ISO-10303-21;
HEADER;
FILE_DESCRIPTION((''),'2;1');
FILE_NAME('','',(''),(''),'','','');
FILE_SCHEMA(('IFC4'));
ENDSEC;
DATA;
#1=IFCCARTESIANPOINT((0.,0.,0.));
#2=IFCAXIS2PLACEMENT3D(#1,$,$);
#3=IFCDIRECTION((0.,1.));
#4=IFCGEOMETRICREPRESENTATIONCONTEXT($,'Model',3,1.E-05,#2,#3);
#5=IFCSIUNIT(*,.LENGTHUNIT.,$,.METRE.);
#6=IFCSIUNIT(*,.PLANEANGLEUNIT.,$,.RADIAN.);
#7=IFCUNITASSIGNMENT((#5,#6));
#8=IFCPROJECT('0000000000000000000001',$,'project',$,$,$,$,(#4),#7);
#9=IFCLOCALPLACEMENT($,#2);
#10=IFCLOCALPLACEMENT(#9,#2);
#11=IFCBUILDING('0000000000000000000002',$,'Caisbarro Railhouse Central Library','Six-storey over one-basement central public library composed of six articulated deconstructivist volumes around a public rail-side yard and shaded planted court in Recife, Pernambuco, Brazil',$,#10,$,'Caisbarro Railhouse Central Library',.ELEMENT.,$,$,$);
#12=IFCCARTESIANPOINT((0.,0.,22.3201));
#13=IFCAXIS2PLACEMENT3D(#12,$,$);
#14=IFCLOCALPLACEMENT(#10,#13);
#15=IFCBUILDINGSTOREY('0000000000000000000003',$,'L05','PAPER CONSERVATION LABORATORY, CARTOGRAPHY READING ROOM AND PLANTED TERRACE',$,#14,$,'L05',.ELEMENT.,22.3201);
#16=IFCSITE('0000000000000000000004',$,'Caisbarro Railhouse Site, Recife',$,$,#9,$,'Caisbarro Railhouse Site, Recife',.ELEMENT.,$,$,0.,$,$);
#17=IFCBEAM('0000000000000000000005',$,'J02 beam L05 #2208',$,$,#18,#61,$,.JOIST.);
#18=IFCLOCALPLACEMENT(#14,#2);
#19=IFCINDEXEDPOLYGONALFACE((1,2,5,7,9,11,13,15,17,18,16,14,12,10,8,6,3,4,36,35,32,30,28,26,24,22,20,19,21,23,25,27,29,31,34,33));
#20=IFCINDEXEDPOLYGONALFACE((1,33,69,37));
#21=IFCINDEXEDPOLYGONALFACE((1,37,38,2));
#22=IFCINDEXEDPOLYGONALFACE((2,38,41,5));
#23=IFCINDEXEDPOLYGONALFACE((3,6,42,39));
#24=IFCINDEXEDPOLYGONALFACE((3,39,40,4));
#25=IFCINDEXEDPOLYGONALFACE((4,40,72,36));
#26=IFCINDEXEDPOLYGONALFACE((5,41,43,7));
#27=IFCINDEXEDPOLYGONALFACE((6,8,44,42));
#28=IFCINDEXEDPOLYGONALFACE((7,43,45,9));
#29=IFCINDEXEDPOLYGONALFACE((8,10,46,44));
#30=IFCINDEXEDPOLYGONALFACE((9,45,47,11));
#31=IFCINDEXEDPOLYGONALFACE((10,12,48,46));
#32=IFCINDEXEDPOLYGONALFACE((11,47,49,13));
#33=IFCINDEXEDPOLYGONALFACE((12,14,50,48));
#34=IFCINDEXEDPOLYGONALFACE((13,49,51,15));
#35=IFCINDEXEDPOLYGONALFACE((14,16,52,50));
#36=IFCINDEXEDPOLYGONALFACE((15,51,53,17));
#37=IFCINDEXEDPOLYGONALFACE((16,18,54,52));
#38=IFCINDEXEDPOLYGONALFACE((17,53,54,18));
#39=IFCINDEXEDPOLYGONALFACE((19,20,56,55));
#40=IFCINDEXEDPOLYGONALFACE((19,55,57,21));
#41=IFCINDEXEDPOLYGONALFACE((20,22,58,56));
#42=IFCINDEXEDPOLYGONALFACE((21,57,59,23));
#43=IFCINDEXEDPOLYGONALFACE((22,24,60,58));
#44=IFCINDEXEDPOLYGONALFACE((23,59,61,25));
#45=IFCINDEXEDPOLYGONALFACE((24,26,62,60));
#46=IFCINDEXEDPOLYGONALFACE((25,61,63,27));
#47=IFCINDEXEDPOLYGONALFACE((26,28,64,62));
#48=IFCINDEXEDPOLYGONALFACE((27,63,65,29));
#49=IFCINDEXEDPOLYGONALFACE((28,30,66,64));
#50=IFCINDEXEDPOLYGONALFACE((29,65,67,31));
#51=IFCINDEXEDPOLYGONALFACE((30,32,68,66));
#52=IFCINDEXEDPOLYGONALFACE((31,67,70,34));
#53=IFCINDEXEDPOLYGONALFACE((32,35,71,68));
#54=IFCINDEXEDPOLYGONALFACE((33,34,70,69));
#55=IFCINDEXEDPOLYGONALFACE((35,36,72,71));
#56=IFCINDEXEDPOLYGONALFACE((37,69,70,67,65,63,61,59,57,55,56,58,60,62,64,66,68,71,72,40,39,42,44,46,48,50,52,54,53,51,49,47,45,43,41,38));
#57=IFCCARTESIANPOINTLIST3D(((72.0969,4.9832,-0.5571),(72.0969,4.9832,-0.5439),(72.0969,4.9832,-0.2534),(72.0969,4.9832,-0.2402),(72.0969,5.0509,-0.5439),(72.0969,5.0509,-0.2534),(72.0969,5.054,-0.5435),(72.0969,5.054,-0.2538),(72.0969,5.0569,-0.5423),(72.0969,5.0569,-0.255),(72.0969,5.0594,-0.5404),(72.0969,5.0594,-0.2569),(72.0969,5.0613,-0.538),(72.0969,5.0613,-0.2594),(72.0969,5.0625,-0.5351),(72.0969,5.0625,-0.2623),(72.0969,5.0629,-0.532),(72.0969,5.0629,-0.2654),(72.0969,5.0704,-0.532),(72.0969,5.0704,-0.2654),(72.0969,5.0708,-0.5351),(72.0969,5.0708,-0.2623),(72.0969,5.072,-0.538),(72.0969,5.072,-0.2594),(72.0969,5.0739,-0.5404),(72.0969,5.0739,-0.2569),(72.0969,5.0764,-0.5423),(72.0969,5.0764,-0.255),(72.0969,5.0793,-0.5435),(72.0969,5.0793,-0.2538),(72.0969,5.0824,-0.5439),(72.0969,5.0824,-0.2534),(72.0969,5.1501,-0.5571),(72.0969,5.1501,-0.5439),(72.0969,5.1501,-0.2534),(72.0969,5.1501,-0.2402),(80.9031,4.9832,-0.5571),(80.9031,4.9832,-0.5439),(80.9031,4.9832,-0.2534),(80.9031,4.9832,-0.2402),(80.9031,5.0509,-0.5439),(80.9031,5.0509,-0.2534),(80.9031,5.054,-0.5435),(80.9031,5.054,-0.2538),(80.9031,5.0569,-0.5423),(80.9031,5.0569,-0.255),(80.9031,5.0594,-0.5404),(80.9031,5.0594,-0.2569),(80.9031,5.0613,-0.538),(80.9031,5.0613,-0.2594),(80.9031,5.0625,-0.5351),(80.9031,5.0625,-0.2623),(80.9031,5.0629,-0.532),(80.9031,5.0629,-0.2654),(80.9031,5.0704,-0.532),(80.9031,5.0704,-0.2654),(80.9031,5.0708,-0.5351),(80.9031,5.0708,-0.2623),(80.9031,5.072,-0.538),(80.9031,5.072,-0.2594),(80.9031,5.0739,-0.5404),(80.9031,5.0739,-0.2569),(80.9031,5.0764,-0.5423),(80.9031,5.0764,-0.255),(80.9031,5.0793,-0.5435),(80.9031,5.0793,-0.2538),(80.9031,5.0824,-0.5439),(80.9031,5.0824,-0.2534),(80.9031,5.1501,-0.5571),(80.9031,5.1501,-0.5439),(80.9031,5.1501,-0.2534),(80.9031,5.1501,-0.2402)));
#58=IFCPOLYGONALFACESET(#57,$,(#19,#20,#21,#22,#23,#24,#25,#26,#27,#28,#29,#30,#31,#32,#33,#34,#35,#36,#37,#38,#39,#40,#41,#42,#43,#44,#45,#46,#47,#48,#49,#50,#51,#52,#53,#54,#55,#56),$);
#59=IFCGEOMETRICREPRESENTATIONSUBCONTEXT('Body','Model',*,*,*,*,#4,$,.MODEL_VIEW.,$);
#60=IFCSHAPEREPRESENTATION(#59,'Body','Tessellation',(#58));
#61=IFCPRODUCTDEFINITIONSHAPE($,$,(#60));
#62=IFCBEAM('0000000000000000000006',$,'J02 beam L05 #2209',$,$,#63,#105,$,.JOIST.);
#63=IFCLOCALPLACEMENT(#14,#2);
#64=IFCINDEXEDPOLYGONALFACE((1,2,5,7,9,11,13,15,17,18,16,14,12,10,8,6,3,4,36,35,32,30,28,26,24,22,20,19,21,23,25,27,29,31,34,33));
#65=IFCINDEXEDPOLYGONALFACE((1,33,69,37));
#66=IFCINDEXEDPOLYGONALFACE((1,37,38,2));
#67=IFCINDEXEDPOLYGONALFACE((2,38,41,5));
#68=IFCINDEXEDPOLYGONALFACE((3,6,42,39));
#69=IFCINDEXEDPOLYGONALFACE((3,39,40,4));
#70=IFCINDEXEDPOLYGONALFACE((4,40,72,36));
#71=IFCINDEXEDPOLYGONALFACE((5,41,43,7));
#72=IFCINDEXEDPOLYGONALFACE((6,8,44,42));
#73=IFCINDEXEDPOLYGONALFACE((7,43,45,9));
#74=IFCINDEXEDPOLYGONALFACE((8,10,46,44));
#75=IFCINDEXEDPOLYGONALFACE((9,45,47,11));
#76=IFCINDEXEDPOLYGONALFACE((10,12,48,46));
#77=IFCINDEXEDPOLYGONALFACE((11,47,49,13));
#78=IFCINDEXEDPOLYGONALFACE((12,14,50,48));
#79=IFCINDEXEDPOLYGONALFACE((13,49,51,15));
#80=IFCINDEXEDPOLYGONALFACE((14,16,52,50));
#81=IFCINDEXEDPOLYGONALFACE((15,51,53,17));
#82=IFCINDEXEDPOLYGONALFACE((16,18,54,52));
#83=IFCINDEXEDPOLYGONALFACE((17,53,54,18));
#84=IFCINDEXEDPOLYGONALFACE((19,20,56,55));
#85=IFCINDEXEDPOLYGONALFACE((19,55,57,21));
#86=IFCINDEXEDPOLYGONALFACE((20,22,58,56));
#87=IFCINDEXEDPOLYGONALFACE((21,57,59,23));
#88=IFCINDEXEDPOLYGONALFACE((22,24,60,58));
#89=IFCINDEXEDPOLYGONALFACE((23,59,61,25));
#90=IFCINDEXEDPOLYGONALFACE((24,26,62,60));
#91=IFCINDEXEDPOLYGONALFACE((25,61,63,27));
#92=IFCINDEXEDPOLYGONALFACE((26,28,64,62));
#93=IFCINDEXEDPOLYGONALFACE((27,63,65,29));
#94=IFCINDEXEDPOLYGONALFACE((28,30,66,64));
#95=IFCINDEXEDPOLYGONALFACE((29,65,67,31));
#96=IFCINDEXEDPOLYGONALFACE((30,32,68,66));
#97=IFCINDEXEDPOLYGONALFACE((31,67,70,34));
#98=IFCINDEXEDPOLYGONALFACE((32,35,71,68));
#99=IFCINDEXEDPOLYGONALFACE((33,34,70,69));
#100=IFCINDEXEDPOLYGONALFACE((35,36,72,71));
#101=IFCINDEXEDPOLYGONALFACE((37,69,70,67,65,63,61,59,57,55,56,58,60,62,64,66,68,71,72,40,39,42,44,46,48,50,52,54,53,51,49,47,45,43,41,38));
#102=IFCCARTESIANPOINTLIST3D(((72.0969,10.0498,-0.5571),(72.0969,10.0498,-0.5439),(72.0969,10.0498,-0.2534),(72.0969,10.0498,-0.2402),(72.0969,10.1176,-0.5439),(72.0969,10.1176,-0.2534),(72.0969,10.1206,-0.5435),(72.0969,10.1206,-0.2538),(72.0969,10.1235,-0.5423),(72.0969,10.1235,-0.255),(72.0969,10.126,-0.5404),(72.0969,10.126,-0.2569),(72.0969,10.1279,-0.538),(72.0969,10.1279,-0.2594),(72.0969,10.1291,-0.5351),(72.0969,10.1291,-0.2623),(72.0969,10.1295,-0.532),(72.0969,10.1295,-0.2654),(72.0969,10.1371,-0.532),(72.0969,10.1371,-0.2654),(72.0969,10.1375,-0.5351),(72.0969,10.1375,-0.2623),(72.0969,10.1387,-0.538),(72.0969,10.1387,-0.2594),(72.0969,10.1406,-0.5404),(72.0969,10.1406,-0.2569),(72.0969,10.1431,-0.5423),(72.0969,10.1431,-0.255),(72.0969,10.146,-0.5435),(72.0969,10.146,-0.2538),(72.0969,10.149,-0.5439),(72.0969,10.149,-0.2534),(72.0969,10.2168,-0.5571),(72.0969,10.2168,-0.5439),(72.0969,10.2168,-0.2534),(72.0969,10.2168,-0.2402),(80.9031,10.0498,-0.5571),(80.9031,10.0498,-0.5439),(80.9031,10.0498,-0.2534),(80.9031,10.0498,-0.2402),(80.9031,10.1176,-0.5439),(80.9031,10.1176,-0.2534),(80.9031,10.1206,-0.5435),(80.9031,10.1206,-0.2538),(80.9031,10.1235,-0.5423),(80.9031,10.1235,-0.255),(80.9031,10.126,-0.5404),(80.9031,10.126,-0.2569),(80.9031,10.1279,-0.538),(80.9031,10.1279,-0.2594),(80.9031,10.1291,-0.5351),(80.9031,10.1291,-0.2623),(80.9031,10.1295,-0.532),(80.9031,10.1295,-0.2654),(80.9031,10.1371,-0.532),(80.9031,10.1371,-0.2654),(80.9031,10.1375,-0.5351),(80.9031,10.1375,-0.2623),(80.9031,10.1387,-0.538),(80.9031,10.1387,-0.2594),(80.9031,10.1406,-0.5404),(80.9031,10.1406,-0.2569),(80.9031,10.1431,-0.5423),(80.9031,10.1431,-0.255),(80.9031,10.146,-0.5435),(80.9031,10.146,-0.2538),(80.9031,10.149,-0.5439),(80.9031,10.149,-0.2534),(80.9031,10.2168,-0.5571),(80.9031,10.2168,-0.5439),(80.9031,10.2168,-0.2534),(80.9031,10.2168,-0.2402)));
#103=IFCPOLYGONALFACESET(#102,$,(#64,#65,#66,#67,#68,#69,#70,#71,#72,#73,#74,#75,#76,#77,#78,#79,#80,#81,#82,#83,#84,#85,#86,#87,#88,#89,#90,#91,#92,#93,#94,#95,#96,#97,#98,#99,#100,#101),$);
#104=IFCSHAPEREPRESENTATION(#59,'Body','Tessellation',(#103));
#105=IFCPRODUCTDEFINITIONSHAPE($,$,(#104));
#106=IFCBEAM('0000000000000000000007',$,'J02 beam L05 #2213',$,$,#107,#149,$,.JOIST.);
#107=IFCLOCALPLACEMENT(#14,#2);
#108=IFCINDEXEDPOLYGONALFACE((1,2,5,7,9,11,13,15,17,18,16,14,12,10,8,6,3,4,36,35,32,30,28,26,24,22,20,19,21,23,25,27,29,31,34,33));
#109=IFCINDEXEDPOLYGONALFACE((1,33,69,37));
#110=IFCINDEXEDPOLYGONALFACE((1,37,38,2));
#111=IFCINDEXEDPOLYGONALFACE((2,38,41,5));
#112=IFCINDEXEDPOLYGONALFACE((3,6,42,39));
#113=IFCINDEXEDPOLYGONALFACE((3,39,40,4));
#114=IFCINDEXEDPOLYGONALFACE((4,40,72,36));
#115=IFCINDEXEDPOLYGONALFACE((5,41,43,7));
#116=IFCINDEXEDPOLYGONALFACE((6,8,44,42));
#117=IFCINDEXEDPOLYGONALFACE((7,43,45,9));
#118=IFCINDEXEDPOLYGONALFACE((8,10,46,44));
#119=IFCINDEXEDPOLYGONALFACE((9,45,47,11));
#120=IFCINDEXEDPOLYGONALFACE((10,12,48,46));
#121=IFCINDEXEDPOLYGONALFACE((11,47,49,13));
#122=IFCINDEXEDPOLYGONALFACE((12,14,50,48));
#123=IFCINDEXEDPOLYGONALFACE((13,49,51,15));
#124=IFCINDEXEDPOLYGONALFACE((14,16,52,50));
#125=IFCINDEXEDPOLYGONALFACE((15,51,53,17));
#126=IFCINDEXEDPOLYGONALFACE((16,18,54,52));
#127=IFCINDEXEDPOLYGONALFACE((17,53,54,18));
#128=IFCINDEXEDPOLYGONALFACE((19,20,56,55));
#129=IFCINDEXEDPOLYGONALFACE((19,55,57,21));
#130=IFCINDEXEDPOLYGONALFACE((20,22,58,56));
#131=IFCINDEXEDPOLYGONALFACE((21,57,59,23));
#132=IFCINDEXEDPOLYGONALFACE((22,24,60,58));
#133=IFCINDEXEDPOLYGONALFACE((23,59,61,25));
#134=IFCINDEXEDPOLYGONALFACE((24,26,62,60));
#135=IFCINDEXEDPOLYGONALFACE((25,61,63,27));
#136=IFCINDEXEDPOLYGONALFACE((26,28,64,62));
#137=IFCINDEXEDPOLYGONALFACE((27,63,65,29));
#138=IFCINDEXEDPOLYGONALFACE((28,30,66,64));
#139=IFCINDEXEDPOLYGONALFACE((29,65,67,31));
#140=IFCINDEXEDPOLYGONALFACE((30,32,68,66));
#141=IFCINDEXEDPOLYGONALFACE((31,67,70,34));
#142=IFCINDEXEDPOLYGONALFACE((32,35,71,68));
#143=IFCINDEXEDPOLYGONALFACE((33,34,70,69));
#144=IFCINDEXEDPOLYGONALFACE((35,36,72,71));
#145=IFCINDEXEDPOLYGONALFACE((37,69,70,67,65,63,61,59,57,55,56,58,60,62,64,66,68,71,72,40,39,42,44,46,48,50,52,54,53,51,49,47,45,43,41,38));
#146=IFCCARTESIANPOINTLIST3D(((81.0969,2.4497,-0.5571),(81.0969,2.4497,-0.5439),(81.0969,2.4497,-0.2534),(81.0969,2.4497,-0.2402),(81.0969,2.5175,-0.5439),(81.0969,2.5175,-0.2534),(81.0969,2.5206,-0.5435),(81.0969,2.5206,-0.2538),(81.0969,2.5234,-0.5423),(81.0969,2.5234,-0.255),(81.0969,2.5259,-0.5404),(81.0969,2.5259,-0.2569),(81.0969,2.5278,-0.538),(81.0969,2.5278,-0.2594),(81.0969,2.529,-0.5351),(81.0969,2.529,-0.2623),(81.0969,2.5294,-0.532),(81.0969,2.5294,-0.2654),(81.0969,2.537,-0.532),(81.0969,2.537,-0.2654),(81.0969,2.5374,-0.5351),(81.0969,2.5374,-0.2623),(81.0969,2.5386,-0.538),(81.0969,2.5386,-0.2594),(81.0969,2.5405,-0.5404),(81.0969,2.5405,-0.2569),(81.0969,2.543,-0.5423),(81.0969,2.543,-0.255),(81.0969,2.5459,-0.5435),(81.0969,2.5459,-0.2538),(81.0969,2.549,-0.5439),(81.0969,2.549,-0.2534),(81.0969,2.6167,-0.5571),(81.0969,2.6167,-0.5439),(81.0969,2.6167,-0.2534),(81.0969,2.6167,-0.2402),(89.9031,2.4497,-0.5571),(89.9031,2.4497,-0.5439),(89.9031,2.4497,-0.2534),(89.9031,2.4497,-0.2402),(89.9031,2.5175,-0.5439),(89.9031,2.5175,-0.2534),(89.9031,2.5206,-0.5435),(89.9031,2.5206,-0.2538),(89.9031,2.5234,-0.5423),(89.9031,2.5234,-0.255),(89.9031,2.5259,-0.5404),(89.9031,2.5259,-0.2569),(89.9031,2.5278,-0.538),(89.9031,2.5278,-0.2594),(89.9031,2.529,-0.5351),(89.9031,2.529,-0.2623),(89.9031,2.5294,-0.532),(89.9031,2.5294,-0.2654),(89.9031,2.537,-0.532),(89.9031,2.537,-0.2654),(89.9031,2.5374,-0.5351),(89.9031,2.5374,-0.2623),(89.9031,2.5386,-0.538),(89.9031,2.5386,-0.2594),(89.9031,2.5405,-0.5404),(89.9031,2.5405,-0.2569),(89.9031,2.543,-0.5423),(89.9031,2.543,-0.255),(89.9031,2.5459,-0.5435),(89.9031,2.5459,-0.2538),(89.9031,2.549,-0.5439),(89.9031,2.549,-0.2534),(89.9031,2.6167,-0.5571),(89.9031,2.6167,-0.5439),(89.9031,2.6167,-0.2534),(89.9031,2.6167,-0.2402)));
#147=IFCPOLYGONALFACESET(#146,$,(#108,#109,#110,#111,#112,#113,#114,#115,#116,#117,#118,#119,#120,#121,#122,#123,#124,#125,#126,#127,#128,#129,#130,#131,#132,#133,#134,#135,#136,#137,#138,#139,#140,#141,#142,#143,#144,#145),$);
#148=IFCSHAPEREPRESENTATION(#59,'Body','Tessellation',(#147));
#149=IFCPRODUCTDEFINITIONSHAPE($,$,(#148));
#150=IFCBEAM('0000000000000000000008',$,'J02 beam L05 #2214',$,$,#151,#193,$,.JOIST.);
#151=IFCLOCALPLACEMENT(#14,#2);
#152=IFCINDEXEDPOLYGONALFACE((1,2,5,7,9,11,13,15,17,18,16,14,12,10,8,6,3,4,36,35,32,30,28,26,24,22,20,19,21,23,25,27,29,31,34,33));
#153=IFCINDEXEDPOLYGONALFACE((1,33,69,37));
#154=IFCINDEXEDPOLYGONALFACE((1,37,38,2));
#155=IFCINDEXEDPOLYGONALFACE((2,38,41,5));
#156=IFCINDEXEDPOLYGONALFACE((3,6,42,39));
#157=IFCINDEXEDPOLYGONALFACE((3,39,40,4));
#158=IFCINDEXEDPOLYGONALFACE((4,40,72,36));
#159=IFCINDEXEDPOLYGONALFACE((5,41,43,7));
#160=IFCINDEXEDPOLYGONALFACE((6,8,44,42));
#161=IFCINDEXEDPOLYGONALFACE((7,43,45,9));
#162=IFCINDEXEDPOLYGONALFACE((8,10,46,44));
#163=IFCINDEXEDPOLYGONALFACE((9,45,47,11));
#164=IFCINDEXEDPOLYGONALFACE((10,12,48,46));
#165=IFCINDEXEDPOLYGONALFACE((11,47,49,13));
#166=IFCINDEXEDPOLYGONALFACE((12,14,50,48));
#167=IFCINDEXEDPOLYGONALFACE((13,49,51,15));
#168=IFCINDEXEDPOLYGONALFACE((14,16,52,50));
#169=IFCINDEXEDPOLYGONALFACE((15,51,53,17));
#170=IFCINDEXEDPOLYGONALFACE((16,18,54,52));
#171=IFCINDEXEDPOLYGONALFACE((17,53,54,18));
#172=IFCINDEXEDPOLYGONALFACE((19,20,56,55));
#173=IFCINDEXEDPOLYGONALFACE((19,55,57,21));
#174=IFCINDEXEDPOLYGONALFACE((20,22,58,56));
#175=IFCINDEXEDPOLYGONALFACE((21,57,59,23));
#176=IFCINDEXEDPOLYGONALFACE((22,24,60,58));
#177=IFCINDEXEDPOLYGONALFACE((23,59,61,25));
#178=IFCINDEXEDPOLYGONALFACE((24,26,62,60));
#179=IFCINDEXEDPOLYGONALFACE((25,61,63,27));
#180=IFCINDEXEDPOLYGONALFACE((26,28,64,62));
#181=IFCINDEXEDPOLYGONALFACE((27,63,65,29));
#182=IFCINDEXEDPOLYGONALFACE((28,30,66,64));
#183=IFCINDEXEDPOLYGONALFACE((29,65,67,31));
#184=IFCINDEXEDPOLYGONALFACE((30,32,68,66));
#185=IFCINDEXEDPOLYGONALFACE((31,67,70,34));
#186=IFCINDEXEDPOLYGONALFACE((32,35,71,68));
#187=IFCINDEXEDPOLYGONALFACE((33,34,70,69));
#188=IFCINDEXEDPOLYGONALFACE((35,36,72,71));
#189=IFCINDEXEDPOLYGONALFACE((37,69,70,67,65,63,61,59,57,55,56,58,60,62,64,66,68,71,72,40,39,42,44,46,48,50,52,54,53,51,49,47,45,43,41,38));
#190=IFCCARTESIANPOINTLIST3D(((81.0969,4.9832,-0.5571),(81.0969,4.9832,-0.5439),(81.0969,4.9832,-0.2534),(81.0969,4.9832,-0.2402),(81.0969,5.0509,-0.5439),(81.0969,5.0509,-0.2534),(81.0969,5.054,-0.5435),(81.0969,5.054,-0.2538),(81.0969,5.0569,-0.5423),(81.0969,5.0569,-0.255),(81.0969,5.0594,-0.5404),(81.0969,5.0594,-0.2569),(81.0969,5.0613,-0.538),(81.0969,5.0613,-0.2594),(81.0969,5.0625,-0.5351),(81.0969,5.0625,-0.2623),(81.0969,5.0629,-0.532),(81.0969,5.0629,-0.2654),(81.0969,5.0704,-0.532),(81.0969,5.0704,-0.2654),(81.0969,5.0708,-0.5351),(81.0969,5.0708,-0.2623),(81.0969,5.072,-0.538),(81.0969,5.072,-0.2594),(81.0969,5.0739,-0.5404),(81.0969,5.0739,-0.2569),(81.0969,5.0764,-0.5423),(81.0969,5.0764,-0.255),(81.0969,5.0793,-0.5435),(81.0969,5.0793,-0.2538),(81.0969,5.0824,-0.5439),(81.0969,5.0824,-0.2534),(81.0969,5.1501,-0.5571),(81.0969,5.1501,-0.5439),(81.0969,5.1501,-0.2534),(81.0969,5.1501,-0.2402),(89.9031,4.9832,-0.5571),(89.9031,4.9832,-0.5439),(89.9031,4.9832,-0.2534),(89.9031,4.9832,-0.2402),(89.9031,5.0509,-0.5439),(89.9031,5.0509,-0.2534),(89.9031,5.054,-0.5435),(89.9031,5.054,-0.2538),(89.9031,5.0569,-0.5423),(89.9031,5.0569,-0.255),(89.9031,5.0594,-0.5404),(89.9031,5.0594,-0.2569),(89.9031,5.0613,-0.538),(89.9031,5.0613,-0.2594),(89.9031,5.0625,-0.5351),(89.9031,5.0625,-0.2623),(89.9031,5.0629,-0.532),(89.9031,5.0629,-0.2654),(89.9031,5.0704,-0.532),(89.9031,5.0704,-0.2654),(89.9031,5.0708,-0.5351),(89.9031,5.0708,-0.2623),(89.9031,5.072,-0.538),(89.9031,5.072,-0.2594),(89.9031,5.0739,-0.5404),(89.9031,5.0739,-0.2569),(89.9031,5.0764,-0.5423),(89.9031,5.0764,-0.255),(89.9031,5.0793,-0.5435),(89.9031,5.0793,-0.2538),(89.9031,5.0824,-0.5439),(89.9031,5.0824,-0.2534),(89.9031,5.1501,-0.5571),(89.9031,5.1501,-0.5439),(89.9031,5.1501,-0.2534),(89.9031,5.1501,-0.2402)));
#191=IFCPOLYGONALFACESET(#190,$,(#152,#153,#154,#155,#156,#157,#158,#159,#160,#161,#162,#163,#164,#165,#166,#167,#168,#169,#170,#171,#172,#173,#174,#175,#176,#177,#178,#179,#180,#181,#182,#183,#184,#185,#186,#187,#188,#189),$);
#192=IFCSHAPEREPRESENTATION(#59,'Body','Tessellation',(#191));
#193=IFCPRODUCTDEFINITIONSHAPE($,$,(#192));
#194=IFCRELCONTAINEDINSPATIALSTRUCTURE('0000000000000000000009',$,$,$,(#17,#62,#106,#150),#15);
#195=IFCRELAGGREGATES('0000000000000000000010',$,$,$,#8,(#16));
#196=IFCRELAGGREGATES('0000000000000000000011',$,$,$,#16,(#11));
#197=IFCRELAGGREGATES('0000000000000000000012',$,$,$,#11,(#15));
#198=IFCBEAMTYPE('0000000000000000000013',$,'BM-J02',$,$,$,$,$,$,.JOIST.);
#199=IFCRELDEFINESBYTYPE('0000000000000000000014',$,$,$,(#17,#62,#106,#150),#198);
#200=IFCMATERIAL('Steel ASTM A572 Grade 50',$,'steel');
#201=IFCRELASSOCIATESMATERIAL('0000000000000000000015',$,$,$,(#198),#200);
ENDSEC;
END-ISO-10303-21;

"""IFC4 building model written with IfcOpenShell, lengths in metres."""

from ifc_helpers import new_model, si_unit, direction, frame, origin, origin_2d, place, context, subcontext, project, spatial, i_section, extrude, material, material_profile, profile_set, type_object, element, save


model = new_model("IFC4")

# Units and contexts
model_context = context("Model", 3, precision=1e-05, world=origin(), true_north=direction((0.0, 1.0)))
body_context = subcontext(model_context, "Body", "Model", "MODEL_VIEW")
ifc_project = project(units=[si_unit("LENGTHUNIT", "METRE"), si_unit("PLANEANGLEUNIT", "RADIAN")], contexts=[model_context])

# Site, building, storey
site_placement = place(None, origin())
site = spatial("IfcSite", under=ifc_project, at=site_placement, Name="Caisbarro Railhouse Site, Recife", LongName="Caisbarro Railhouse Site, Recife", CompositionType="ELEMENT", RefElevation=0.0)
building_placement = place(site_placement, origin())
building = spatial("IfcBuilding", under=site, at=building_placement, Name="Caisbarro Railhouse Central Library", Description="Six-storey over one-basement central public library composed of six articulated deconstructivist volumes around a public rail-side yard and shaded planted court in Recife, Pernambuco, Brazil", LongName="Caisbarro Railhouse Central Library", CompositionType="ELEMENT")
storey_placement = place(building_placement, frame((0.0, 0.0, 22.3201)))
storey = spatial("IfcBuildingStorey", under=building, at=storey_placement, Name="L05", Description="PAPER CONSERVATION LABORATORY, CARTOGRAPHY READING ROOM AND PLANTED TERRACE", LongName="L05", CompositionType="ELEMENT", Elevation=22.3201)

# Shared definitions
ifc_material_1 = material(Name="Steel ASTM A572 Grade 50", Category="steel")

# Beams
ifc_material_profile_1 = material_profile(ifc_material_1, i_section(OverallWidth=0.167, OverallDepth=0.3169, WebThickness=0.0076, FlangeThickness=0.0132, FilletRadius=0.012, at=origin_2d()), Name="W310X52.0")
ifc_profile_set_1 = profile_set([ifc_material_profile_1], Name="Steel ASTM A572 Grade 50")
beam_type_1 = type_object("IfcBeamType", Name="BM-J02", PredefinedType="JOIST", material=ifc_profile_set_1)
for number, where, z_axis, x_axis, name in (
    (1, (72.0969, 5.0667, -0.3987), (1.0, 0.0, 0.0), (0.0, 1.0, 0.0), "J02 beam L05 #2208"),
    (2, (72.0969, 10.1333, -0.3987), (1.0, 0.0, 0.0), (0.0, 1.0, 0.0), "J02 beam L05 #2209"),
    (3, (81.0969, 2.5332, -0.3987), (1.0, 0.0, 0.0), (0.0, 1.0, 0.0), "J02 beam L05 #2213"),
    (4, (81.0969, 5.0667, -0.3987), (1.0, 0.0, 0.0), (0.0, 1.0, 0.0), "J02 beam L05 #2214"),
):
    element("IfcBeam", number, at=place(storey_placement, frame(where, z_axis=z_axis, x_axis=x_axis)), inside=storey, type_object=beam_type_1, Name=name, PredefinedType="JOIST", context=body_context, shape_type="SweptSolid", body=[
        extrude(i_section(OverallWidth=0.167, OverallDepth=0.3169, WebThickness=0.0076, FlangeThickness=0.0132, FilletRadius=0.012, at=origin_2d()), origin(), (0.0, 0.0, 1.0), 8.8062),
    ])

save(model, "model.ifc")
